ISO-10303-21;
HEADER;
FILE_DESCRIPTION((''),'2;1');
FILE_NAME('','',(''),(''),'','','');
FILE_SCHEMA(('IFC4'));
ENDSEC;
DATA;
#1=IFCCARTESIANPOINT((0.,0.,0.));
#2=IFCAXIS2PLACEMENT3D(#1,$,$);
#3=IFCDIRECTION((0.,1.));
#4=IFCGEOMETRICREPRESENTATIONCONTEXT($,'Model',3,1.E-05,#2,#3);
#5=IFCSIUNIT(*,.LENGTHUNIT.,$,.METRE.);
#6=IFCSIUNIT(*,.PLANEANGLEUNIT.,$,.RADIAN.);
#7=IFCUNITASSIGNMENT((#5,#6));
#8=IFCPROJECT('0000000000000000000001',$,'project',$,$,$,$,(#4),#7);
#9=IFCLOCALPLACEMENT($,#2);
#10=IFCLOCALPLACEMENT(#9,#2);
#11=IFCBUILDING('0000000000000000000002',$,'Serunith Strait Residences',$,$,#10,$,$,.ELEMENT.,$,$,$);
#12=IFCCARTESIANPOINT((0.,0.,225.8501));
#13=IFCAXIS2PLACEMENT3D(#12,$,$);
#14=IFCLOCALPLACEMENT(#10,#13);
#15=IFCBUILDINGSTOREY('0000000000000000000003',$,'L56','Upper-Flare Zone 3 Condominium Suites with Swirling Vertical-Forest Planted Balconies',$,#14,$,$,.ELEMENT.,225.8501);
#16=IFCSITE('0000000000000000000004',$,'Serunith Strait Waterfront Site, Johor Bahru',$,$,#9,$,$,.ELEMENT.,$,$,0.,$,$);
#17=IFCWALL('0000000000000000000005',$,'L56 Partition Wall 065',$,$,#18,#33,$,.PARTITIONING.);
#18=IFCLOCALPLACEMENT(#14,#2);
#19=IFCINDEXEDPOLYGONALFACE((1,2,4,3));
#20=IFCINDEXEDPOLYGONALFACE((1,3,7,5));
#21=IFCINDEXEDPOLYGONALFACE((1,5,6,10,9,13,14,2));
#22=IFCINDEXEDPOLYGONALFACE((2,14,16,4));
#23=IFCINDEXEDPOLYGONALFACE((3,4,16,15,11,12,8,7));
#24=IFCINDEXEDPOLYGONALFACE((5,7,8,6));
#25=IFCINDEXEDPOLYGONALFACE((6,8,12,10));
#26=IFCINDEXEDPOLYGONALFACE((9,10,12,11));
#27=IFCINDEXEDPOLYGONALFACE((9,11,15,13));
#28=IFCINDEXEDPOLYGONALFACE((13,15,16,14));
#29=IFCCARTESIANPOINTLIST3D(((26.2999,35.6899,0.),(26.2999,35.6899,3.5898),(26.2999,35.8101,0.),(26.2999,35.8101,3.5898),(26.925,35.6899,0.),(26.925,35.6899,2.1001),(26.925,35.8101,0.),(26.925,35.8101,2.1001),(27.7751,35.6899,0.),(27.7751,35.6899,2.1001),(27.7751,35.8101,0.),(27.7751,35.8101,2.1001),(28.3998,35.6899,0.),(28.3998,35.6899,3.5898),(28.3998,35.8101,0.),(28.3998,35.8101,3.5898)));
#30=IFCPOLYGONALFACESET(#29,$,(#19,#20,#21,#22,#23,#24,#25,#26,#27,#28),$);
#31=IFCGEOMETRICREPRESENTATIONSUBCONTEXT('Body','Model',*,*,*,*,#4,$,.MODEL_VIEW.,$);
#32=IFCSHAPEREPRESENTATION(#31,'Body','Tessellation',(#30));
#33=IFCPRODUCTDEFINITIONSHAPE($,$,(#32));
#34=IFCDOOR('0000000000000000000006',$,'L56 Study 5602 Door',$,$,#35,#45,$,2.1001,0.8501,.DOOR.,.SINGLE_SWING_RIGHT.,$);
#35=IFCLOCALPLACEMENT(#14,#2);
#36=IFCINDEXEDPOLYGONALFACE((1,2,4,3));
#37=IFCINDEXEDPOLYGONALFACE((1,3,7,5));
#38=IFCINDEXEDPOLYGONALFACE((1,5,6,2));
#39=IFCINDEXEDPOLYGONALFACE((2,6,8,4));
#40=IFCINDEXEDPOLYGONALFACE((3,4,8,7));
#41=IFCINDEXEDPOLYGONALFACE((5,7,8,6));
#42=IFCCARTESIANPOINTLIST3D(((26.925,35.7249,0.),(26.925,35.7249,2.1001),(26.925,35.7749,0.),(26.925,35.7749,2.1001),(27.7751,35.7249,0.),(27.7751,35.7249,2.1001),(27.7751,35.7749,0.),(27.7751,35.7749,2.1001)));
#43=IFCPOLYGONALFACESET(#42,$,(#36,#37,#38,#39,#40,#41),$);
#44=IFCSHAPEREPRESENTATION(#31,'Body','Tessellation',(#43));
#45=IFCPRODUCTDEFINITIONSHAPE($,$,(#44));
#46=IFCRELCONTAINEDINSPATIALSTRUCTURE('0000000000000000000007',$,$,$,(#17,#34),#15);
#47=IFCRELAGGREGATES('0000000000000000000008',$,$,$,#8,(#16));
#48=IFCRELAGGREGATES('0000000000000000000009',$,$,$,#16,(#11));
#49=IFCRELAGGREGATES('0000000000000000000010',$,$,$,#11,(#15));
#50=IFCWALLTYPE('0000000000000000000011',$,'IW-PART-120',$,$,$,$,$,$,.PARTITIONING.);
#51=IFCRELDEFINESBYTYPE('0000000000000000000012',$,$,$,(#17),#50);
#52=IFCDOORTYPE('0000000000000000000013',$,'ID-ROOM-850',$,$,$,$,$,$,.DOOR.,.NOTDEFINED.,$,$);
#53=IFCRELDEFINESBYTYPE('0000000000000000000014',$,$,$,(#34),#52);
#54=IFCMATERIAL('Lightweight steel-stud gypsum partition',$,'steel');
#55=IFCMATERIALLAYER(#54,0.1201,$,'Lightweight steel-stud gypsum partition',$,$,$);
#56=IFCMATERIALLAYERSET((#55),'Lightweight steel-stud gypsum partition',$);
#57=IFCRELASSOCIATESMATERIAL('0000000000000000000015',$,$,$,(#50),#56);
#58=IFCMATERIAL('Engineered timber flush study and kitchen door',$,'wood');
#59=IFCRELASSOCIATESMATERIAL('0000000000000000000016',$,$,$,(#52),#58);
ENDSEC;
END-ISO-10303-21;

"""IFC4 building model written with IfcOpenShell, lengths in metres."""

from ifc_helpers import new_model, si_unit, direction, frame, frame_2d, origin, place, context, subcontext, project, spatial, rectangle, extrude, source, transform, mapped, material, layer, layer_set, type_object, element, fill, save


model = new_model("IFC4")

# Units and contexts
model_context = context("Model", 3, precision=1e-05, world=origin(), true_north=direction((0.0, 1.0)))
body_context = subcontext(model_context, "Body", "Model", "MODEL_VIEW")
ifc_project = project(units=[si_unit("LENGTHUNIT", "METRE"), si_unit("PLANEANGLEUNIT", "RADIAN")], contexts=[model_context])

# Site, building, storey
site_placement = place(None, origin())
site = spatial("IfcSite", under=ifc_project, at=site_placement, Name="Serunith Strait Waterfront Site, Johor Bahru", CompositionType="ELEMENT", RefElevation=0.0)
building_placement = place(site_placement, origin())
building = spatial("IfcBuilding", under=site, at=building_placement, Name="Serunith Strait Residences", CompositionType="ELEMENT")
storey_placement = place(building_placement, frame((0.0, 0.0, 225.8501)))
storey = spatial("IfcBuildingStorey", under=building, at=storey_placement, Name="L56", Description="Upper-Flare Zone 3 Condominium Suites with Swirling Vertical-Forest Planted Balconies", CompositionType="ELEMENT", Elevation=225.8501)

# Shared definitions
ifc_material_1 = material(Name="Lightweight steel-stud gypsum partition", Category="steel")
ifc_layer_1 = layer(ifc_material_1, 0.1201, Name="Lightweight steel-stud gypsum partition")
ifc_layer_set_1 = layer_set([ifc_layer_1], Name="Lightweight steel-stud gypsum partition")
wall_type = type_object("IfcWallType", Name="IW-PART-120", PredefinedType="PARTITIONING", material=ifc_layer_set_1)
ifc_material_2 = material(Name="Engineered timber flush study and kitchen door", Category="wood")
door_type_1 = type_object("IfcDoorType", Name="ID-ROOM-850", OperationType="NOTDEFINED", PredefinedType="DOOR", material=ifc_material_2)
shared_shape_1 = source(origin(), body_context, "Body", "SweptSolid", [
    extrude(rectangle(XDim=0.8501, YDim=2.1001, at=frame_2d((0.425, 1.05))), frame((0.0, 0.0249, 0.0), z_axis=(0.0, -1.0, 0.0), x_axis=(1.0, 0.0, 0.0)), (0.0, 0.0, 1.0), 0.05),
])

# Wall, opening, door
wall_1_placement = place(storey_placement, frame((26.3, 35.75, 0.0), z_axis=(0.0, 0.0, 1.0), x_axis=(1.0, 0.0, 0.0)))
wall_1 = element("IfcWall", 1, at=wall_1_placement, inside=storey, type_object=wall_type, Name="L56 Partition Wall 065", PredefinedType="PARTITIONING", context=body_context, shape_type="SweptSolid", body=[
    extrude(rectangle(XDim=2.0999, YDim=0.1201, at=frame_2d((1.0498, 0.0))), origin(), (0.0, 0.0, 1.0), 3.5898),
])
opening_1_placement = place(wall_1_placement, frame((0.625, 0.0, 0.0)))
opening_1 = element("IfcOpeningElement", 2, at=opening_1_placement, cuts=wall_1, PredefinedType="OPENING", context=body_context, shape_type="SweptSolid", body=[
    extrude(rectangle(XDim=0.8501, YDim=2.1001, at=frame_2d((0.425, 1.05))), frame((0.0, 0.0701, 0.0), z_axis=(0.0, -1.0, 0.0), x_axis=(1.0, 0.0, 0.0)), (0.0, 0.0, 1.0), 0.1401),
])
door_1_placement = place(opening_1_placement, origin())
door_1 = element("IfcDoor", 3, at=door_1_placement, inside=storey, type_object=door_type_1, Name="L56 Study 5602 Door", OperationType="SINGLE_SWING_RIGHT", OverallHeight=2.1001, OverallWidth=0.8501, PredefinedType="DOOR", context=body_context, shape_type="MappedRepresentation", body=[
    mapped(shared_shape_1, transform((0.0, 0.0, 0.0), scale=1.0)),
])
fill(opening_1, door_1)

save(model, "model.ifc")
